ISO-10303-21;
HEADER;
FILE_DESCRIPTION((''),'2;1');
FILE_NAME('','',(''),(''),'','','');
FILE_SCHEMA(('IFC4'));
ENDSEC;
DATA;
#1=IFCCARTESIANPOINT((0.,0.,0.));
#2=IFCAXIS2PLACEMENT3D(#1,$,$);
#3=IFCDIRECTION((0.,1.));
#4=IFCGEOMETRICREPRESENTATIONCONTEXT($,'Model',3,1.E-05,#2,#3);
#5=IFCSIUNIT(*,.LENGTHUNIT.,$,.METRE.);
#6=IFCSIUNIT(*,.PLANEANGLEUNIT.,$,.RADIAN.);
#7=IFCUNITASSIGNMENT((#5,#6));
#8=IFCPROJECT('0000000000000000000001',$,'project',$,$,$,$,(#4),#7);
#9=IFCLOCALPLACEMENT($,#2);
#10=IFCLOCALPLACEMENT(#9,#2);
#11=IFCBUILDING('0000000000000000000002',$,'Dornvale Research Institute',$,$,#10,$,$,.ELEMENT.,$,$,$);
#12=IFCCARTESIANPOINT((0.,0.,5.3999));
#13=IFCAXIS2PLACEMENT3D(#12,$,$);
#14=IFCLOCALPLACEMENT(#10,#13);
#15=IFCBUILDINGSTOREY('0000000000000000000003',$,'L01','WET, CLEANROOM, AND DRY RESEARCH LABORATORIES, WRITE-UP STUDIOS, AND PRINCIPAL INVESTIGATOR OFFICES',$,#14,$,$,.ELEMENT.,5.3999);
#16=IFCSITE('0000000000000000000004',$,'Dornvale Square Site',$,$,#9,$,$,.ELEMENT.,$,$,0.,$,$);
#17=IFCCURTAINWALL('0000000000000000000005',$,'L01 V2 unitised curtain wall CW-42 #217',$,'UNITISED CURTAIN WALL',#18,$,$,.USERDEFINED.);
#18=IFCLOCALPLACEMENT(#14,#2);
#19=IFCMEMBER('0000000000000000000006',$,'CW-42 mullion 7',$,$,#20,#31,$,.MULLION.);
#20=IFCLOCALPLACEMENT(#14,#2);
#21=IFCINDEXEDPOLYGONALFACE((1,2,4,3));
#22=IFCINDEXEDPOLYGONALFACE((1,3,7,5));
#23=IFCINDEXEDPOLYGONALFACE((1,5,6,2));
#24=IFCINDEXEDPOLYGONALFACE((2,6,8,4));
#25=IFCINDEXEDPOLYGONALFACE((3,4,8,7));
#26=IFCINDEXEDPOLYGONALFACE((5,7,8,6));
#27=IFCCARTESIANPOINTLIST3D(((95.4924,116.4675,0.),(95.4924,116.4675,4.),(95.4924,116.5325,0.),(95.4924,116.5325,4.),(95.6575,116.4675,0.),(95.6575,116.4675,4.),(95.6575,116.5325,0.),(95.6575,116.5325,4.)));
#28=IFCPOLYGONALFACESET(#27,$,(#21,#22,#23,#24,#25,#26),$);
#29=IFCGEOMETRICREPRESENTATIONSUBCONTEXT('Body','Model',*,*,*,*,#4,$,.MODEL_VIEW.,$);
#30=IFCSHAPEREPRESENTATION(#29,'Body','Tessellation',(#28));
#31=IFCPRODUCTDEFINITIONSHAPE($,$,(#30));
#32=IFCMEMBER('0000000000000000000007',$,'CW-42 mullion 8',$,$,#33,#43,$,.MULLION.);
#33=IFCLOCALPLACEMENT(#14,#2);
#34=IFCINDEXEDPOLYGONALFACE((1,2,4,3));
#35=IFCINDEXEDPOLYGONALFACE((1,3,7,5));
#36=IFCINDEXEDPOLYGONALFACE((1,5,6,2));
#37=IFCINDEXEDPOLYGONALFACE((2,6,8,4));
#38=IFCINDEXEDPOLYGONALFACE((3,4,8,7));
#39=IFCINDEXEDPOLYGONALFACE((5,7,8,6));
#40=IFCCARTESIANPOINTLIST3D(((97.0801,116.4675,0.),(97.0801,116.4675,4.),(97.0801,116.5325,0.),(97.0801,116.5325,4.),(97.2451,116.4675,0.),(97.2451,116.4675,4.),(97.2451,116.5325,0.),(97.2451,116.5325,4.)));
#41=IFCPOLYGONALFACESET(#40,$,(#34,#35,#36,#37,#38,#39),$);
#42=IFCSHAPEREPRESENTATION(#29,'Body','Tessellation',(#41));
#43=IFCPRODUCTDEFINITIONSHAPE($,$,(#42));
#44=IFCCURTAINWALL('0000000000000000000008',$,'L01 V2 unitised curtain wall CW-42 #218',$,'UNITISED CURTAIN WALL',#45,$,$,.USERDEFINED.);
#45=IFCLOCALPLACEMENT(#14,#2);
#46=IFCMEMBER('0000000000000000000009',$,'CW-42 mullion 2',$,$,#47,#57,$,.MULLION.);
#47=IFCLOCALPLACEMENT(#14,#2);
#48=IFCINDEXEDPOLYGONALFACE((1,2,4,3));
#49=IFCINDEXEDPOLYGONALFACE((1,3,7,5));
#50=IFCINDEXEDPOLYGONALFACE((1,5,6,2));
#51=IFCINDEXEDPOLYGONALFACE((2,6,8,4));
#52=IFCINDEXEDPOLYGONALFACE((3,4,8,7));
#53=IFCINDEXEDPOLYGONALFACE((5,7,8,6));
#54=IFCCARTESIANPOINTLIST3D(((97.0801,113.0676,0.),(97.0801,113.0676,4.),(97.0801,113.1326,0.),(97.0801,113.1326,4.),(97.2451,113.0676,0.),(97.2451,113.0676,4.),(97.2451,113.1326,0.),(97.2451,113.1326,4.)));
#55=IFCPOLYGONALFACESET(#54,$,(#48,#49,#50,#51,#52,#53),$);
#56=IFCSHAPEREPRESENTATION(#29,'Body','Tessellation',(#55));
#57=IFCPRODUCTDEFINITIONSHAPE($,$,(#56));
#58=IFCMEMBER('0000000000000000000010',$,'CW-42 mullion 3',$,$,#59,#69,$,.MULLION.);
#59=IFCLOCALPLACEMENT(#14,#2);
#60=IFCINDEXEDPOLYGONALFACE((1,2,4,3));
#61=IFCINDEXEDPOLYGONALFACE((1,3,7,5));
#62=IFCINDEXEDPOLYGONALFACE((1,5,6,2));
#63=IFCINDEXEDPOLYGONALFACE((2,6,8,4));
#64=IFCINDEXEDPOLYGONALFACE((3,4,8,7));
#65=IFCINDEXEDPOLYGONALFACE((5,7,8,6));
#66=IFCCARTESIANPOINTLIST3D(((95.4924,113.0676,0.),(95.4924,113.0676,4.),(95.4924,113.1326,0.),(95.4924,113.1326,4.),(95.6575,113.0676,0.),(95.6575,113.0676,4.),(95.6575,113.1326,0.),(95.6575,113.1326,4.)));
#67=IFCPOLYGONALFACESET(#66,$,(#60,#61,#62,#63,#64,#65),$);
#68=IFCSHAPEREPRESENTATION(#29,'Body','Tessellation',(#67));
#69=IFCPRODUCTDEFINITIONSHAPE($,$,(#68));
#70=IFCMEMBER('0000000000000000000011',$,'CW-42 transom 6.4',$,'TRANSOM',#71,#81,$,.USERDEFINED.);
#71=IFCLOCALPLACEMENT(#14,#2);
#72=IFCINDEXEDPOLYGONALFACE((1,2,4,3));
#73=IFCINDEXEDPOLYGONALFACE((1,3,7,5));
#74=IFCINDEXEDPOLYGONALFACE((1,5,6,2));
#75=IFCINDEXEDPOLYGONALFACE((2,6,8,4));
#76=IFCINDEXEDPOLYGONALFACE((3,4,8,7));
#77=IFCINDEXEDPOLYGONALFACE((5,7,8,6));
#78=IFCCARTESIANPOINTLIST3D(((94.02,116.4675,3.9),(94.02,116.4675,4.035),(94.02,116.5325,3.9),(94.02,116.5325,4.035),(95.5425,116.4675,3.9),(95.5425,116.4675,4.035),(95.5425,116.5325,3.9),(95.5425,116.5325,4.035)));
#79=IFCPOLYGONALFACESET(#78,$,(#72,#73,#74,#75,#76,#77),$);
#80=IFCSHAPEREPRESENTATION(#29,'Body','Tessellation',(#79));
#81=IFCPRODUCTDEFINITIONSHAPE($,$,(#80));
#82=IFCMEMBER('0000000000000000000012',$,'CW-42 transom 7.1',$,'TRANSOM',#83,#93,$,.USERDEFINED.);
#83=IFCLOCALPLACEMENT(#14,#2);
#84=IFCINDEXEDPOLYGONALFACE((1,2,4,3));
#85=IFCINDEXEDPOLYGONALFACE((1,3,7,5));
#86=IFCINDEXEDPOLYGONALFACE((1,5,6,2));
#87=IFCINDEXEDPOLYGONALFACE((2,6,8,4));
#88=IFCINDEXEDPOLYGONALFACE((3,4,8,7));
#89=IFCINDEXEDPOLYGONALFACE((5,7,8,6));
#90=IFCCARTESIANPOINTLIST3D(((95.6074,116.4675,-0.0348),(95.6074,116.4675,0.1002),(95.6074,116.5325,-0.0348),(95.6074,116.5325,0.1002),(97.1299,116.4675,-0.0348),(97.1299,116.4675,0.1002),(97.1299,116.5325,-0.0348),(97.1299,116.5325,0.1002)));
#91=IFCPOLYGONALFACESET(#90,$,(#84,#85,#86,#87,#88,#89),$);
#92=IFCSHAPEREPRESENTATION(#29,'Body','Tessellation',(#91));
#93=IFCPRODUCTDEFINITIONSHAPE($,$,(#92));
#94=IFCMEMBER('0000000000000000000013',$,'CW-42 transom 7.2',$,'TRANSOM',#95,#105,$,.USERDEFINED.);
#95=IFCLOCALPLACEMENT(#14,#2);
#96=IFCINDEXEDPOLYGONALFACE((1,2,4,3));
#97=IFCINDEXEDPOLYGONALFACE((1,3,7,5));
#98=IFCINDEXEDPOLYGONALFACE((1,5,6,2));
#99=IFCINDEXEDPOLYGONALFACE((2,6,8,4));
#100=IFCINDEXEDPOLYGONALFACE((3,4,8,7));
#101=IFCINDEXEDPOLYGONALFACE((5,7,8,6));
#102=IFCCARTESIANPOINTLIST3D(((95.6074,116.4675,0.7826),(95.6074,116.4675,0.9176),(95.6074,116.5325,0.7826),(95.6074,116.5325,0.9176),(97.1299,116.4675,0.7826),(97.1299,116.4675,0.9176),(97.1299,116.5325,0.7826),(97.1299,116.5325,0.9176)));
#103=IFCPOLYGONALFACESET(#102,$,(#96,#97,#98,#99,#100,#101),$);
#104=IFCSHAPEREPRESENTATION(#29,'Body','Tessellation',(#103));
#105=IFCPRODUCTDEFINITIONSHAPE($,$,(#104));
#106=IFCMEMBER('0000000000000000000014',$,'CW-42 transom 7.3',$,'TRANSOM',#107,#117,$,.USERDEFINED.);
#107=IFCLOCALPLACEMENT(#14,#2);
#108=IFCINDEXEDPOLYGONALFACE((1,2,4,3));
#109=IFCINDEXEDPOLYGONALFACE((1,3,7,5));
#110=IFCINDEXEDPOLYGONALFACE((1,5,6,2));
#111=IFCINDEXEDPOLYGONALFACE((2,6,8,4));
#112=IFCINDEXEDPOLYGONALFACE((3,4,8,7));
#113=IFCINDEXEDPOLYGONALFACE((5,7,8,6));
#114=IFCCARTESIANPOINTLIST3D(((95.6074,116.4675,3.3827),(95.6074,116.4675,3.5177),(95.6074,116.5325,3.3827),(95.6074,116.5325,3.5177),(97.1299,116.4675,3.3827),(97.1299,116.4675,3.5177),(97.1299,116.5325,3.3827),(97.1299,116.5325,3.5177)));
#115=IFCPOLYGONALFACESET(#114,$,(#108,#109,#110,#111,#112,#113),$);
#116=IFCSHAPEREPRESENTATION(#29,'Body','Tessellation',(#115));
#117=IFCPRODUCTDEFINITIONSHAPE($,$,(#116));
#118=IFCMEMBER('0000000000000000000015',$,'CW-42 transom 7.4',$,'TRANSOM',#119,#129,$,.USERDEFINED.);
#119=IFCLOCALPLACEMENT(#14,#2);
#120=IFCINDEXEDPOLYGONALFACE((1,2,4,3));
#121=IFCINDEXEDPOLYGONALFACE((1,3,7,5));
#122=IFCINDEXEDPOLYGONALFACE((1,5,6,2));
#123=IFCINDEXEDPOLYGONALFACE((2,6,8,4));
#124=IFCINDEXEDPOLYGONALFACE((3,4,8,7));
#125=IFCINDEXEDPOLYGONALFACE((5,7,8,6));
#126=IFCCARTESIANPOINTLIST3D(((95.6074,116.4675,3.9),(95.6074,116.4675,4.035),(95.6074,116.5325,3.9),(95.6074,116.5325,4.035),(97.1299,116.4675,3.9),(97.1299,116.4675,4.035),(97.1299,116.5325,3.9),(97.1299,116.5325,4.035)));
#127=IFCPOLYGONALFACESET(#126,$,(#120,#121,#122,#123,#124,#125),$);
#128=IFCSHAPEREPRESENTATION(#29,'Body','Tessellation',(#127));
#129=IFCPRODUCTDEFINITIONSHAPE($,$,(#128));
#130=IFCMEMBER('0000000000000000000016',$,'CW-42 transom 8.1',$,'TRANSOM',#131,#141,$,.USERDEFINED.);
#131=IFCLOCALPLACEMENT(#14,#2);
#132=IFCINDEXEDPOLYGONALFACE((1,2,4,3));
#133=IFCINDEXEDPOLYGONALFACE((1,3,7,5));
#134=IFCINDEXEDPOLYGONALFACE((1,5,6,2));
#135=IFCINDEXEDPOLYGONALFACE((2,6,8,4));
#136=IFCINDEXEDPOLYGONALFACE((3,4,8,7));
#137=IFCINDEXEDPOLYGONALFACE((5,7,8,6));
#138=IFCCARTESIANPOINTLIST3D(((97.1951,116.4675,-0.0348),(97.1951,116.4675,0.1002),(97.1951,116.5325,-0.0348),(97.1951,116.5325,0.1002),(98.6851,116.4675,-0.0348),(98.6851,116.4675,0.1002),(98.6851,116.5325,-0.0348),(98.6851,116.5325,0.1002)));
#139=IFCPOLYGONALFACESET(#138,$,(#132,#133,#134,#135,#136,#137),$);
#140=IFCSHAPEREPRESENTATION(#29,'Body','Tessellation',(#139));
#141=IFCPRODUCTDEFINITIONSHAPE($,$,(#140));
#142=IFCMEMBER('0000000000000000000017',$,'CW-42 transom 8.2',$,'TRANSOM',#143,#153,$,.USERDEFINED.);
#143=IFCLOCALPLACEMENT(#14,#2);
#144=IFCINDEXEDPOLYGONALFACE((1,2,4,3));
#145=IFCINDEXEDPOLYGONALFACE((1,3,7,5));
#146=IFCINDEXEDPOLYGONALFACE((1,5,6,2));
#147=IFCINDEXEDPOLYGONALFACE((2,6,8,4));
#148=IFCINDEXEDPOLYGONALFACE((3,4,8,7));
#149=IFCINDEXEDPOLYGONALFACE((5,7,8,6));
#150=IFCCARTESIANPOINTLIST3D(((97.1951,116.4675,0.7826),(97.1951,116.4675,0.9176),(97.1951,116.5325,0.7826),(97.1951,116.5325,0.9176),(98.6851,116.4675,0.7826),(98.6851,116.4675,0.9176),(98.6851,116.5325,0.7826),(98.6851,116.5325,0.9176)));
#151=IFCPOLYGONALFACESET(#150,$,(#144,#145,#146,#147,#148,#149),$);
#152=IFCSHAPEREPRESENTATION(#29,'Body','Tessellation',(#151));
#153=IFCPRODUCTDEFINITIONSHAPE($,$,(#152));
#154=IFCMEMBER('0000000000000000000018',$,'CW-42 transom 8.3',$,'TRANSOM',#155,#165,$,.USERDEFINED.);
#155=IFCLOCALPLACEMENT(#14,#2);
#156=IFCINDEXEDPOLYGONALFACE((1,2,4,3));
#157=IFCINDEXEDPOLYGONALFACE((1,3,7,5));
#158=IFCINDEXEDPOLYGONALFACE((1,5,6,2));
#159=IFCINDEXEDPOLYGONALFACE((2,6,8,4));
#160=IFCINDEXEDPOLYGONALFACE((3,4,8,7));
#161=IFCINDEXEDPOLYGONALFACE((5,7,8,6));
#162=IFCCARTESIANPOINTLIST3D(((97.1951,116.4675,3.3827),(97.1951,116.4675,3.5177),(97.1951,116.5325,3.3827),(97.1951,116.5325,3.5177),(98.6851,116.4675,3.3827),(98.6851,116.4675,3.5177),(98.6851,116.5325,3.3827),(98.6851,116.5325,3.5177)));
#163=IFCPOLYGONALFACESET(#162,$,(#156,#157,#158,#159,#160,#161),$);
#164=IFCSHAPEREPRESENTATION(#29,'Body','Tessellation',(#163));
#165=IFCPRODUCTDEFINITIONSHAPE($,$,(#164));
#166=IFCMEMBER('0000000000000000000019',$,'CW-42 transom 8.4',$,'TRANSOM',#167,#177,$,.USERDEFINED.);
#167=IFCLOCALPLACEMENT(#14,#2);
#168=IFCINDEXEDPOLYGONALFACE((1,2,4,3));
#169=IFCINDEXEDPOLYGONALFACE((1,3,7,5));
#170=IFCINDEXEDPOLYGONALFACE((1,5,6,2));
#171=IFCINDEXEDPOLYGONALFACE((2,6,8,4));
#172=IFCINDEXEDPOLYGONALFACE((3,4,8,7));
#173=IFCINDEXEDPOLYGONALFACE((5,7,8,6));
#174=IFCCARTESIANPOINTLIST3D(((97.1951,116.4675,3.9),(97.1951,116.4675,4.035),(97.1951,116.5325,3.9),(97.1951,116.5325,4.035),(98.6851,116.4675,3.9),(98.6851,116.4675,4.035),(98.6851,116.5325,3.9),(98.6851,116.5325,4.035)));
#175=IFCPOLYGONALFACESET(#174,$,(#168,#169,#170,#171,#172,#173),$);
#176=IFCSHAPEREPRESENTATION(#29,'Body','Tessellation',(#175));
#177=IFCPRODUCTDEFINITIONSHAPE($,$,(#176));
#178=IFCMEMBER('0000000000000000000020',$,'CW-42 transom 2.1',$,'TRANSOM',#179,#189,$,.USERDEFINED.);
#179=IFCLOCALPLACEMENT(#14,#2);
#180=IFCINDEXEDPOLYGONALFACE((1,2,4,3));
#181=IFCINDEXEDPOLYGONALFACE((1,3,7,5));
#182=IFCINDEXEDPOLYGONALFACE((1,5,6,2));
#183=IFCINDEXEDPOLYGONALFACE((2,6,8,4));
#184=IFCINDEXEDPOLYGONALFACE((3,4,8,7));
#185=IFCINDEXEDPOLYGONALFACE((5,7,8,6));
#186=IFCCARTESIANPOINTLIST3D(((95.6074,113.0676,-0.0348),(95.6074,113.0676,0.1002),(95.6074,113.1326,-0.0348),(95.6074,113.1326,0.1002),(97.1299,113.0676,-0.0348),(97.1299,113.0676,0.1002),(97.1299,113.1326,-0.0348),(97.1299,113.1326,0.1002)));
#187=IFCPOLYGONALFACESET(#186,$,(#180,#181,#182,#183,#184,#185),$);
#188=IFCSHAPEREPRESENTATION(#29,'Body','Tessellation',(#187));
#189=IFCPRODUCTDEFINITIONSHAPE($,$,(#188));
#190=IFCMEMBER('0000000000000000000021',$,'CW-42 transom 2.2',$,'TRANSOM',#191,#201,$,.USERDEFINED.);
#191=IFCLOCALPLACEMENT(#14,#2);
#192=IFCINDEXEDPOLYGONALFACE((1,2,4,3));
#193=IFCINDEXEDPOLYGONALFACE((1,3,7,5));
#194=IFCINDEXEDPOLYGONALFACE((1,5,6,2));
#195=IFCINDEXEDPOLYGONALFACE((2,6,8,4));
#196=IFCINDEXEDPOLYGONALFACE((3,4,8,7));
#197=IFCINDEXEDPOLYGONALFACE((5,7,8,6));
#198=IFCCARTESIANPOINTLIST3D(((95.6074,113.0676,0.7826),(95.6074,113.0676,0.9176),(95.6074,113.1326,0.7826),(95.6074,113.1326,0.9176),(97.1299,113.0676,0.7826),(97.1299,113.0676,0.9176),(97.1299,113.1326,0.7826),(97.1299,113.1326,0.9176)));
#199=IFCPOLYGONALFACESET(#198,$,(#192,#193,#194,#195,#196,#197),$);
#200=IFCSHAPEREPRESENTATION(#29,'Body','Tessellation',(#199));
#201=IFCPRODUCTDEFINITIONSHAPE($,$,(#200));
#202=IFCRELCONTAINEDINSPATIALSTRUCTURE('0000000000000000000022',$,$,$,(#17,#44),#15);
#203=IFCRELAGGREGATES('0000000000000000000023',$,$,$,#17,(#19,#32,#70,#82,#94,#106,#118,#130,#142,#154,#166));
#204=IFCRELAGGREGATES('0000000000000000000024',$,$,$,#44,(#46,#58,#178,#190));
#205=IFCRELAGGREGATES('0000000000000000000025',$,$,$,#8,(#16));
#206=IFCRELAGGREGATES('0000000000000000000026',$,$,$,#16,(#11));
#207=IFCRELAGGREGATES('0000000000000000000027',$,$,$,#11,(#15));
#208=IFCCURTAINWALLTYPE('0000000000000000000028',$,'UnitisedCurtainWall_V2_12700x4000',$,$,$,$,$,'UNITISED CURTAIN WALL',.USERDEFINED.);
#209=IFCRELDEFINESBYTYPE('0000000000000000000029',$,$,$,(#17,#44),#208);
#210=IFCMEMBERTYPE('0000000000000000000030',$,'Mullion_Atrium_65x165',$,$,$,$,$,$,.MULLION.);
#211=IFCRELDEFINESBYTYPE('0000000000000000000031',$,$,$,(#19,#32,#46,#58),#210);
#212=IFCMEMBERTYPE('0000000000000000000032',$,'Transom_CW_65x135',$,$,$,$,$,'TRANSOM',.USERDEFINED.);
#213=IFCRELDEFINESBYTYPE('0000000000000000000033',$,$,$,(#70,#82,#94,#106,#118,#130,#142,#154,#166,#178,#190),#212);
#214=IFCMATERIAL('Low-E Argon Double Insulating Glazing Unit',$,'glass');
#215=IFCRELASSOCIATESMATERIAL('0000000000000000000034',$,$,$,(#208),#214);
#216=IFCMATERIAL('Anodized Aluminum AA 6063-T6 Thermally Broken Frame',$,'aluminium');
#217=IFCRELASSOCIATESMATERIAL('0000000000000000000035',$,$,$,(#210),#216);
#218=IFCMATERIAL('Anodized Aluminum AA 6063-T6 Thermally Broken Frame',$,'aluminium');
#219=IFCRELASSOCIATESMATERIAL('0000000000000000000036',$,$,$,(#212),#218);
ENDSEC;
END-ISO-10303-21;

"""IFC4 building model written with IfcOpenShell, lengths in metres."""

from ifc_helpers import new_model, si_unit, direction, frame, origin, origin_2d, place, context, subcontext, project, spatial, rectangle, extrude, material, material_profile, profile_set, type_object, element, aggregate, save


model = new_model("IFC4")

# Units and contexts
model_context = context("Model", 3, precision=1e-05, world=origin(), true_north=direction((0.0, 1.0)))
body_context = subcontext(model_context, "Body", "Model", "MODEL_VIEW")
ifc_project = project(units=[si_unit("LENGTHUNIT", "METRE"), si_unit("PLANEANGLEUNIT", "RADIAN")], contexts=[model_context])

# Site, building, storey
site_placement = place(None, origin())
site = spatial("IfcSite", under=ifc_project, at=site_placement, Name="Dornvale Square Site", CompositionType="ELEMENT", RefElevation=0.0)
building_placement = place(site_placement, origin())
building = spatial("IfcBuilding", under=site, at=building_placement, Name="Dornvale Research Institute", CompositionType="ELEMENT")
storey_placement = place(building_placement, frame((0.0, 0.0, 5.3999)))
storey = spatial("IfcBuildingStorey", under=building, at=storey_placement, Name="L01", Description="WET, CLEANROOM, AND DRY RESEARCH LABORATORIES, WRITE-UP STUDIOS, AND PRINCIPAL INVESTIGATOR OFFICES", CompositionType="ELEMENT", Elevation=5.3999)

# Curtain walls, members
ifc_material_1 = material(Name="Low-E Argon Double Insulating Glazing Unit", Category="glass")
curtain_wall_type = type_object("IfcCurtainWallType", Name="UnitisedCurtainWall_V2_12700x4000", ElementType="UNITISED CURTAIN WALL", PredefinedType="USERDEFINED", material=ifc_material_1)
curtain_wall_1_placement = place(storey_placement, origin())
curtain_wall_1 = element("IfcCurtainWall", 1, at=curtain_wall_1_placement, inside=storey, type_object=curtain_wall_type, Name="L01 V2 unitised curtain wall CW-42 #217", ObjectType="UNITISED CURTAIN WALL", PredefinedType="USERDEFINED")
ifc_material_2 = material(Name="Anodized Aluminum AA 6063-T6 Thermally Broken Frame", Category="aluminium")
ifc_material_profile_1 = material_profile(ifc_material_2, rectangle(XDim=0.0649, YDim=0.165, at=origin_2d()), Name="ALU MULLION 65x165")
ifc_profile_set_1 = profile_set([ifc_material_profile_1], Name="Anodized Aluminum AA 6063-T6 Thermally Broken Frame")
member_type_1 = type_object("IfcMemberType", Name="Mullion_Atrium_65x165", PredefinedType="MULLION", material=ifc_profile_set_1)
member_1_placement = place(storey_placement, frame((95.575, 116.5, 0.0), z_axis=(0.0, 0.0, 1.0), x_axis=(0.0, 1.0, 0.0)))
member_1 = element("IfcMember", 2, at=member_1_placement, type_object=member_type_1, Name="CW-42 mullion 7", PredefinedType="MULLION", context=body_context, shape_type="SweptSolid", body=[
    extrude(rectangle(XDim=0.0649, YDim=0.165, at=origin_2d()), origin(), (0.0, 0.0, 1.0), 4.0),
])
member_2_placement = place(storey_placement, frame((97.1626, 116.5, 0.0), z_axis=(0.0, 0.0, 1.0), x_axis=(0.0, 1.0, 0.0)))
member_2 = element("IfcMember", 3, at=member_2_placement, type_object=member_type_1, Name="CW-42 mullion 8", PredefinedType="MULLION", context=body_context, shape_type="SweptSolid", body=[
    extrude(rectangle(XDim=0.0649, YDim=0.165, at=origin_2d()), origin(), (0.0, 0.0, 1.0), 4.0),
])
curtain_wall_2_placement = place(storey_placement, origin())
curtain_wall_2 = element("IfcCurtainWall", 4, at=curtain_wall_2_placement, inside=storey, type_object=curtain_wall_type, Name="L01 V2 unitised curtain wall CW-42 #218", ObjectType="UNITISED CURTAIN WALL", PredefinedType="USERDEFINED")
member_3_placement = place(storey_placement, frame((97.1626, 113.1001, 0.0), z_axis=(0.0, 0.0, 1.0), x_axis=(0.0, -1.0, 0.0)))
member_3 = element("IfcMember", 5, at=member_3_placement, type_object=member_type_1, Name="CW-42 mullion 2", PredefinedType="MULLION", context=body_context, shape_type="SweptSolid", body=[
    extrude(rectangle(XDim=0.0649, YDim=0.165, at=origin_2d()), origin(), (0.0, 0.0, 1.0), 4.0),
])
member_4_placement = place(storey_placement, frame((95.575, 113.1001, 0.0), z_axis=(0.0, 0.0, 1.0), x_axis=(0.0, -1.0, 0.0)))
member_4 = element("IfcMember", 6, at=member_4_placement, type_object=member_type_1, Name="CW-42 mullion 3", PredefinedType="MULLION", context=body_context, shape_type="SweptSolid", body=[
    extrude(rectangle(XDim=0.0649, YDim=0.165, at=origin_2d()), origin(), (0.0, 0.0, 1.0), 4.0),
])

# Members
ifc_material_3 = material(Name="Anodized Aluminum AA 6063-T6 Thermally Broken Frame", Category="aluminium")
ifc_material_profile_2 = material_profile(ifc_material_3, rectangle(XDim=0.0649, YDim=0.135, at=origin_2d()), Name="ALU TRANSOM 65x135")
ifc_profile_set_2 = profile_set([ifc_material_profile_2], Name="Anodized Aluminum AA 6063-T6 Thermally Broken Frame")
member_type_2 = type_object("IfcMemberType", Name="Transom_CW_65x135", ElementType="TRANSOM", PredefinedType="USERDEFINED", material=ifc_profile_set_2)
member_5_placement = place(storey_placement, frame((94.02, 116.5, 3.9675), z_axis=(1.0, 0.0, 0.0), x_axis=(0.0, 1.0, 0.0)))
member_5 = element("IfcMember", 7, at=member_5_placement, type_object=member_type_2, Name="CW-42 transom 6.4", ObjectType="TRANSOM", PredefinedType="USERDEFINED", context=body_context, shape_type="SweptSolid", body=[
    extrude(rectangle(XDim=0.0649, YDim=0.135, at=origin_2d()), origin(), (0.0, 0.0, 1.0), 1.5225),
])
member_6_placement = place(storey_placement, frame((95.6074, 116.5, 0.0327), z_axis=(1.0, 0.0, 0.0), x_axis=(0.0, 1.0, 0.0)))
member_6 = element("IfcMember", 8, at=member_6_placement, type_object=member_type_2, Name="CW-42 transom 7.1", ObjectType="TRANSOM", PredefinedType="USERDEFINED", context=body_context, shape_type="SweptSolid", body=[
    extrude(rectangle(XDim=0.0649, YDim=0.135, at=origin_2d()), origin(), (0.0, 0.0, 1.0), 1.5225),
])
member_7_placement = place(storey_placement, frame((95.6074, 116.5, 0.8501), z_axis=(1.0, 0.0, 0.0), x_axis=(0.0, 1.0, 0.0)))
member_7 = element("IfcMember", 9, at=member_7_placement, type_object=member_type_2, Name="CW-42 transom 7.2", ObjectType="TRANSOM", PredefinedType="USERDEFINED", context=body_context, shape_type="SweptSolid", body=[
    extrude(rectangle(XDim=0.0649, YDim=0.135, at=origin_2d()), origin(), (0.0, 0.0, 1.0), 1.5225),
])
member_8_placement = place(storey_placement, frame((95.6074, 116.5, 3.4502), z_axis=(1.0, 0.0, 0.0), x_axis=(0.0, 1.0, 0.0)))
member_8 = element("IfcMember", 10, at=member_8_placement, type_object=member_type_2, Name="CW-42 transom 7.3", ObjectType="TRANSOM", PredefinedType="USERDEFINED", context=body_context, shape_type="SweptSolid", body=[
    extrude(rectangle(XDim=0.0649, YDim=0.135, at=origin_2d()), origin(), (0.0, 0.0, 1.0), 1.5225),
])
member_9_placement = place(storey_placement, frame((95.6074, 116.5, 3.9675), z_axis=(1.0, 0.0, 0.0), x_axis=(0.0, 1.0, 0.0)))
member_9 = element("IfcMember", 11, at=member_9_placement, type_object=member_type_2, Name="CW-42 transom 7.4", ObjectType="TRANSOM", PredefinedType="USERDEFINED", context=body_context, shape_type="SweptSolid", body=[
    extrude(rectangle(XDim=0.0649, YDim=0.135, at=origin_2d()), origin(), (0.0, 0.0, 1.0), 1.5225),
])
member_10_placement = place(storey_placement, frame((97.1951, 116.5, 0.0327), z_axis=(1.0, 0.0, 0.0), x_axis=(0.0, 1.0, 0.0)))
member_10 = element("IfcMember", 12, at=member_10_placement, type_object=member_type_2, Name="CW-42 transom 8.1", ObjectType="TRANSOM", PredefinedType="USERDEFINED", context=body_context, shape_type="SweptSolid", body=[
    extrude(rectangle(XDim=0.0649, YDim=0.135, at=origin_2d()), origin(), (0.0, 0.0, 1.0), 1.49),
])
member_11_placement = place(storey_placement, frame((97.1951, 116.5, 0.8501), z_axis=(1.0, 0.0, 0.0), x_axis=(0.0, 1.0, 0.0)))
member_11 = element("IfcMember", 13, at=member_11_placement, type_object=member_type_2, Name="CW-42 transom 8.2", ObjectType="TRANSOM", PredefinedType="USERDEFINED", context=body_context, shape_type="SweptSolid", body=[
    extrude(rectangle(XDim=0.0649, YDim=0.135, at=origin_2d()), origin(), (0.0, 0.0, 1.0), 1.49),
])
member_12_placement = place(storey_placement, frame((97.1951, 116.5, 3.4502), z_axis=(1.0, 0.0, 0.0), x_axis=(0.0, 1.0, 0.0)))
member_12 = element("IfcMember", 14, at=member_12_placement, type_object=member_type_2, Name="CW-42 transom 8.3", ObjectType="TRANSOM", PredefinedType="USERDEFINED", context=body_context, shape_type="SweptSolid", body=[
    extrude(rectangle(XDim=0.0649, YDim=0.135, at=origin_2d()), origin(), (0.0, 0.0, 1.0), 1.49),
])
member_13_placement = place(storey_placement, frame((97.1951, 116.5, 3.9675), z_axis=(1.0, 0.0, 0.0), x_axis=(0.0, 1.0, 0.0)))
member_13 = element("IfcMember", 15, at=member_13_placement, type_object=member_type_2, Name="CW-42 transom 8.4", ObjectType="TRANSOM", PredefinedType="USERDEFINED", context=body_context, shape_type="SweptSolid", body=[
    extrude(rectangle(XDim=0.0649, YDim=0.135, at=origin_2d()), origin(), (0.0, 0.0, 1.0), 1.49),
])
member_14_placement = place(storey_placement, frame((97.1299, 113.1001, 0.0327), z_axis=(-1.0, 0.0, 0.0), x_axis=(0.0, -1.0, 0.0)))
member_14 = element("IfcMember", 16, at=member_14_placement, type_object=member_type_2, Name="CW-42 transom 2.1", ObjectType="TRANSOM", PredefinedType="USERDEFINED", context=body_context, shape_type="SweptSolid", body=[
    extrude(rectangle(XDim=0.0649, YDim=0.135, at=origin_2d()), origin(), (0.0, 0.0, 1.0), 1.5225),
])
member_15_placement = place(storey_placement, frame((97.1299, 113.1001, 0.8501), z_axis=(-1.0, 0.0, 0.0), x_axis=(0.0, -1.0, 0.0)))
member_15 = element("IfcMember", 17, at=member_15_placement, type_object=member_type_2, Name="CW-42 transom 2.2", ObjectType="TRANSOM", PredefinedType="USERDEFINED", context=body_context, shape_type="SweptSolid", body=[
    extrude(rectangle(XDim=0.0649, YDim=0.135, at=origin_2d()), origin(), (0.0, 0.0, 1.0), 1.5225),
])

aggregate(curtain_wall_1, [member_1, member_2, member_5, member_6, member_7, member_8, member_9, member_10, member_11, member_12, member_13])
aggregate(curtain_wall_2, [member_3, member_4, member_14, member_15])

save(model, "model.ifc")
